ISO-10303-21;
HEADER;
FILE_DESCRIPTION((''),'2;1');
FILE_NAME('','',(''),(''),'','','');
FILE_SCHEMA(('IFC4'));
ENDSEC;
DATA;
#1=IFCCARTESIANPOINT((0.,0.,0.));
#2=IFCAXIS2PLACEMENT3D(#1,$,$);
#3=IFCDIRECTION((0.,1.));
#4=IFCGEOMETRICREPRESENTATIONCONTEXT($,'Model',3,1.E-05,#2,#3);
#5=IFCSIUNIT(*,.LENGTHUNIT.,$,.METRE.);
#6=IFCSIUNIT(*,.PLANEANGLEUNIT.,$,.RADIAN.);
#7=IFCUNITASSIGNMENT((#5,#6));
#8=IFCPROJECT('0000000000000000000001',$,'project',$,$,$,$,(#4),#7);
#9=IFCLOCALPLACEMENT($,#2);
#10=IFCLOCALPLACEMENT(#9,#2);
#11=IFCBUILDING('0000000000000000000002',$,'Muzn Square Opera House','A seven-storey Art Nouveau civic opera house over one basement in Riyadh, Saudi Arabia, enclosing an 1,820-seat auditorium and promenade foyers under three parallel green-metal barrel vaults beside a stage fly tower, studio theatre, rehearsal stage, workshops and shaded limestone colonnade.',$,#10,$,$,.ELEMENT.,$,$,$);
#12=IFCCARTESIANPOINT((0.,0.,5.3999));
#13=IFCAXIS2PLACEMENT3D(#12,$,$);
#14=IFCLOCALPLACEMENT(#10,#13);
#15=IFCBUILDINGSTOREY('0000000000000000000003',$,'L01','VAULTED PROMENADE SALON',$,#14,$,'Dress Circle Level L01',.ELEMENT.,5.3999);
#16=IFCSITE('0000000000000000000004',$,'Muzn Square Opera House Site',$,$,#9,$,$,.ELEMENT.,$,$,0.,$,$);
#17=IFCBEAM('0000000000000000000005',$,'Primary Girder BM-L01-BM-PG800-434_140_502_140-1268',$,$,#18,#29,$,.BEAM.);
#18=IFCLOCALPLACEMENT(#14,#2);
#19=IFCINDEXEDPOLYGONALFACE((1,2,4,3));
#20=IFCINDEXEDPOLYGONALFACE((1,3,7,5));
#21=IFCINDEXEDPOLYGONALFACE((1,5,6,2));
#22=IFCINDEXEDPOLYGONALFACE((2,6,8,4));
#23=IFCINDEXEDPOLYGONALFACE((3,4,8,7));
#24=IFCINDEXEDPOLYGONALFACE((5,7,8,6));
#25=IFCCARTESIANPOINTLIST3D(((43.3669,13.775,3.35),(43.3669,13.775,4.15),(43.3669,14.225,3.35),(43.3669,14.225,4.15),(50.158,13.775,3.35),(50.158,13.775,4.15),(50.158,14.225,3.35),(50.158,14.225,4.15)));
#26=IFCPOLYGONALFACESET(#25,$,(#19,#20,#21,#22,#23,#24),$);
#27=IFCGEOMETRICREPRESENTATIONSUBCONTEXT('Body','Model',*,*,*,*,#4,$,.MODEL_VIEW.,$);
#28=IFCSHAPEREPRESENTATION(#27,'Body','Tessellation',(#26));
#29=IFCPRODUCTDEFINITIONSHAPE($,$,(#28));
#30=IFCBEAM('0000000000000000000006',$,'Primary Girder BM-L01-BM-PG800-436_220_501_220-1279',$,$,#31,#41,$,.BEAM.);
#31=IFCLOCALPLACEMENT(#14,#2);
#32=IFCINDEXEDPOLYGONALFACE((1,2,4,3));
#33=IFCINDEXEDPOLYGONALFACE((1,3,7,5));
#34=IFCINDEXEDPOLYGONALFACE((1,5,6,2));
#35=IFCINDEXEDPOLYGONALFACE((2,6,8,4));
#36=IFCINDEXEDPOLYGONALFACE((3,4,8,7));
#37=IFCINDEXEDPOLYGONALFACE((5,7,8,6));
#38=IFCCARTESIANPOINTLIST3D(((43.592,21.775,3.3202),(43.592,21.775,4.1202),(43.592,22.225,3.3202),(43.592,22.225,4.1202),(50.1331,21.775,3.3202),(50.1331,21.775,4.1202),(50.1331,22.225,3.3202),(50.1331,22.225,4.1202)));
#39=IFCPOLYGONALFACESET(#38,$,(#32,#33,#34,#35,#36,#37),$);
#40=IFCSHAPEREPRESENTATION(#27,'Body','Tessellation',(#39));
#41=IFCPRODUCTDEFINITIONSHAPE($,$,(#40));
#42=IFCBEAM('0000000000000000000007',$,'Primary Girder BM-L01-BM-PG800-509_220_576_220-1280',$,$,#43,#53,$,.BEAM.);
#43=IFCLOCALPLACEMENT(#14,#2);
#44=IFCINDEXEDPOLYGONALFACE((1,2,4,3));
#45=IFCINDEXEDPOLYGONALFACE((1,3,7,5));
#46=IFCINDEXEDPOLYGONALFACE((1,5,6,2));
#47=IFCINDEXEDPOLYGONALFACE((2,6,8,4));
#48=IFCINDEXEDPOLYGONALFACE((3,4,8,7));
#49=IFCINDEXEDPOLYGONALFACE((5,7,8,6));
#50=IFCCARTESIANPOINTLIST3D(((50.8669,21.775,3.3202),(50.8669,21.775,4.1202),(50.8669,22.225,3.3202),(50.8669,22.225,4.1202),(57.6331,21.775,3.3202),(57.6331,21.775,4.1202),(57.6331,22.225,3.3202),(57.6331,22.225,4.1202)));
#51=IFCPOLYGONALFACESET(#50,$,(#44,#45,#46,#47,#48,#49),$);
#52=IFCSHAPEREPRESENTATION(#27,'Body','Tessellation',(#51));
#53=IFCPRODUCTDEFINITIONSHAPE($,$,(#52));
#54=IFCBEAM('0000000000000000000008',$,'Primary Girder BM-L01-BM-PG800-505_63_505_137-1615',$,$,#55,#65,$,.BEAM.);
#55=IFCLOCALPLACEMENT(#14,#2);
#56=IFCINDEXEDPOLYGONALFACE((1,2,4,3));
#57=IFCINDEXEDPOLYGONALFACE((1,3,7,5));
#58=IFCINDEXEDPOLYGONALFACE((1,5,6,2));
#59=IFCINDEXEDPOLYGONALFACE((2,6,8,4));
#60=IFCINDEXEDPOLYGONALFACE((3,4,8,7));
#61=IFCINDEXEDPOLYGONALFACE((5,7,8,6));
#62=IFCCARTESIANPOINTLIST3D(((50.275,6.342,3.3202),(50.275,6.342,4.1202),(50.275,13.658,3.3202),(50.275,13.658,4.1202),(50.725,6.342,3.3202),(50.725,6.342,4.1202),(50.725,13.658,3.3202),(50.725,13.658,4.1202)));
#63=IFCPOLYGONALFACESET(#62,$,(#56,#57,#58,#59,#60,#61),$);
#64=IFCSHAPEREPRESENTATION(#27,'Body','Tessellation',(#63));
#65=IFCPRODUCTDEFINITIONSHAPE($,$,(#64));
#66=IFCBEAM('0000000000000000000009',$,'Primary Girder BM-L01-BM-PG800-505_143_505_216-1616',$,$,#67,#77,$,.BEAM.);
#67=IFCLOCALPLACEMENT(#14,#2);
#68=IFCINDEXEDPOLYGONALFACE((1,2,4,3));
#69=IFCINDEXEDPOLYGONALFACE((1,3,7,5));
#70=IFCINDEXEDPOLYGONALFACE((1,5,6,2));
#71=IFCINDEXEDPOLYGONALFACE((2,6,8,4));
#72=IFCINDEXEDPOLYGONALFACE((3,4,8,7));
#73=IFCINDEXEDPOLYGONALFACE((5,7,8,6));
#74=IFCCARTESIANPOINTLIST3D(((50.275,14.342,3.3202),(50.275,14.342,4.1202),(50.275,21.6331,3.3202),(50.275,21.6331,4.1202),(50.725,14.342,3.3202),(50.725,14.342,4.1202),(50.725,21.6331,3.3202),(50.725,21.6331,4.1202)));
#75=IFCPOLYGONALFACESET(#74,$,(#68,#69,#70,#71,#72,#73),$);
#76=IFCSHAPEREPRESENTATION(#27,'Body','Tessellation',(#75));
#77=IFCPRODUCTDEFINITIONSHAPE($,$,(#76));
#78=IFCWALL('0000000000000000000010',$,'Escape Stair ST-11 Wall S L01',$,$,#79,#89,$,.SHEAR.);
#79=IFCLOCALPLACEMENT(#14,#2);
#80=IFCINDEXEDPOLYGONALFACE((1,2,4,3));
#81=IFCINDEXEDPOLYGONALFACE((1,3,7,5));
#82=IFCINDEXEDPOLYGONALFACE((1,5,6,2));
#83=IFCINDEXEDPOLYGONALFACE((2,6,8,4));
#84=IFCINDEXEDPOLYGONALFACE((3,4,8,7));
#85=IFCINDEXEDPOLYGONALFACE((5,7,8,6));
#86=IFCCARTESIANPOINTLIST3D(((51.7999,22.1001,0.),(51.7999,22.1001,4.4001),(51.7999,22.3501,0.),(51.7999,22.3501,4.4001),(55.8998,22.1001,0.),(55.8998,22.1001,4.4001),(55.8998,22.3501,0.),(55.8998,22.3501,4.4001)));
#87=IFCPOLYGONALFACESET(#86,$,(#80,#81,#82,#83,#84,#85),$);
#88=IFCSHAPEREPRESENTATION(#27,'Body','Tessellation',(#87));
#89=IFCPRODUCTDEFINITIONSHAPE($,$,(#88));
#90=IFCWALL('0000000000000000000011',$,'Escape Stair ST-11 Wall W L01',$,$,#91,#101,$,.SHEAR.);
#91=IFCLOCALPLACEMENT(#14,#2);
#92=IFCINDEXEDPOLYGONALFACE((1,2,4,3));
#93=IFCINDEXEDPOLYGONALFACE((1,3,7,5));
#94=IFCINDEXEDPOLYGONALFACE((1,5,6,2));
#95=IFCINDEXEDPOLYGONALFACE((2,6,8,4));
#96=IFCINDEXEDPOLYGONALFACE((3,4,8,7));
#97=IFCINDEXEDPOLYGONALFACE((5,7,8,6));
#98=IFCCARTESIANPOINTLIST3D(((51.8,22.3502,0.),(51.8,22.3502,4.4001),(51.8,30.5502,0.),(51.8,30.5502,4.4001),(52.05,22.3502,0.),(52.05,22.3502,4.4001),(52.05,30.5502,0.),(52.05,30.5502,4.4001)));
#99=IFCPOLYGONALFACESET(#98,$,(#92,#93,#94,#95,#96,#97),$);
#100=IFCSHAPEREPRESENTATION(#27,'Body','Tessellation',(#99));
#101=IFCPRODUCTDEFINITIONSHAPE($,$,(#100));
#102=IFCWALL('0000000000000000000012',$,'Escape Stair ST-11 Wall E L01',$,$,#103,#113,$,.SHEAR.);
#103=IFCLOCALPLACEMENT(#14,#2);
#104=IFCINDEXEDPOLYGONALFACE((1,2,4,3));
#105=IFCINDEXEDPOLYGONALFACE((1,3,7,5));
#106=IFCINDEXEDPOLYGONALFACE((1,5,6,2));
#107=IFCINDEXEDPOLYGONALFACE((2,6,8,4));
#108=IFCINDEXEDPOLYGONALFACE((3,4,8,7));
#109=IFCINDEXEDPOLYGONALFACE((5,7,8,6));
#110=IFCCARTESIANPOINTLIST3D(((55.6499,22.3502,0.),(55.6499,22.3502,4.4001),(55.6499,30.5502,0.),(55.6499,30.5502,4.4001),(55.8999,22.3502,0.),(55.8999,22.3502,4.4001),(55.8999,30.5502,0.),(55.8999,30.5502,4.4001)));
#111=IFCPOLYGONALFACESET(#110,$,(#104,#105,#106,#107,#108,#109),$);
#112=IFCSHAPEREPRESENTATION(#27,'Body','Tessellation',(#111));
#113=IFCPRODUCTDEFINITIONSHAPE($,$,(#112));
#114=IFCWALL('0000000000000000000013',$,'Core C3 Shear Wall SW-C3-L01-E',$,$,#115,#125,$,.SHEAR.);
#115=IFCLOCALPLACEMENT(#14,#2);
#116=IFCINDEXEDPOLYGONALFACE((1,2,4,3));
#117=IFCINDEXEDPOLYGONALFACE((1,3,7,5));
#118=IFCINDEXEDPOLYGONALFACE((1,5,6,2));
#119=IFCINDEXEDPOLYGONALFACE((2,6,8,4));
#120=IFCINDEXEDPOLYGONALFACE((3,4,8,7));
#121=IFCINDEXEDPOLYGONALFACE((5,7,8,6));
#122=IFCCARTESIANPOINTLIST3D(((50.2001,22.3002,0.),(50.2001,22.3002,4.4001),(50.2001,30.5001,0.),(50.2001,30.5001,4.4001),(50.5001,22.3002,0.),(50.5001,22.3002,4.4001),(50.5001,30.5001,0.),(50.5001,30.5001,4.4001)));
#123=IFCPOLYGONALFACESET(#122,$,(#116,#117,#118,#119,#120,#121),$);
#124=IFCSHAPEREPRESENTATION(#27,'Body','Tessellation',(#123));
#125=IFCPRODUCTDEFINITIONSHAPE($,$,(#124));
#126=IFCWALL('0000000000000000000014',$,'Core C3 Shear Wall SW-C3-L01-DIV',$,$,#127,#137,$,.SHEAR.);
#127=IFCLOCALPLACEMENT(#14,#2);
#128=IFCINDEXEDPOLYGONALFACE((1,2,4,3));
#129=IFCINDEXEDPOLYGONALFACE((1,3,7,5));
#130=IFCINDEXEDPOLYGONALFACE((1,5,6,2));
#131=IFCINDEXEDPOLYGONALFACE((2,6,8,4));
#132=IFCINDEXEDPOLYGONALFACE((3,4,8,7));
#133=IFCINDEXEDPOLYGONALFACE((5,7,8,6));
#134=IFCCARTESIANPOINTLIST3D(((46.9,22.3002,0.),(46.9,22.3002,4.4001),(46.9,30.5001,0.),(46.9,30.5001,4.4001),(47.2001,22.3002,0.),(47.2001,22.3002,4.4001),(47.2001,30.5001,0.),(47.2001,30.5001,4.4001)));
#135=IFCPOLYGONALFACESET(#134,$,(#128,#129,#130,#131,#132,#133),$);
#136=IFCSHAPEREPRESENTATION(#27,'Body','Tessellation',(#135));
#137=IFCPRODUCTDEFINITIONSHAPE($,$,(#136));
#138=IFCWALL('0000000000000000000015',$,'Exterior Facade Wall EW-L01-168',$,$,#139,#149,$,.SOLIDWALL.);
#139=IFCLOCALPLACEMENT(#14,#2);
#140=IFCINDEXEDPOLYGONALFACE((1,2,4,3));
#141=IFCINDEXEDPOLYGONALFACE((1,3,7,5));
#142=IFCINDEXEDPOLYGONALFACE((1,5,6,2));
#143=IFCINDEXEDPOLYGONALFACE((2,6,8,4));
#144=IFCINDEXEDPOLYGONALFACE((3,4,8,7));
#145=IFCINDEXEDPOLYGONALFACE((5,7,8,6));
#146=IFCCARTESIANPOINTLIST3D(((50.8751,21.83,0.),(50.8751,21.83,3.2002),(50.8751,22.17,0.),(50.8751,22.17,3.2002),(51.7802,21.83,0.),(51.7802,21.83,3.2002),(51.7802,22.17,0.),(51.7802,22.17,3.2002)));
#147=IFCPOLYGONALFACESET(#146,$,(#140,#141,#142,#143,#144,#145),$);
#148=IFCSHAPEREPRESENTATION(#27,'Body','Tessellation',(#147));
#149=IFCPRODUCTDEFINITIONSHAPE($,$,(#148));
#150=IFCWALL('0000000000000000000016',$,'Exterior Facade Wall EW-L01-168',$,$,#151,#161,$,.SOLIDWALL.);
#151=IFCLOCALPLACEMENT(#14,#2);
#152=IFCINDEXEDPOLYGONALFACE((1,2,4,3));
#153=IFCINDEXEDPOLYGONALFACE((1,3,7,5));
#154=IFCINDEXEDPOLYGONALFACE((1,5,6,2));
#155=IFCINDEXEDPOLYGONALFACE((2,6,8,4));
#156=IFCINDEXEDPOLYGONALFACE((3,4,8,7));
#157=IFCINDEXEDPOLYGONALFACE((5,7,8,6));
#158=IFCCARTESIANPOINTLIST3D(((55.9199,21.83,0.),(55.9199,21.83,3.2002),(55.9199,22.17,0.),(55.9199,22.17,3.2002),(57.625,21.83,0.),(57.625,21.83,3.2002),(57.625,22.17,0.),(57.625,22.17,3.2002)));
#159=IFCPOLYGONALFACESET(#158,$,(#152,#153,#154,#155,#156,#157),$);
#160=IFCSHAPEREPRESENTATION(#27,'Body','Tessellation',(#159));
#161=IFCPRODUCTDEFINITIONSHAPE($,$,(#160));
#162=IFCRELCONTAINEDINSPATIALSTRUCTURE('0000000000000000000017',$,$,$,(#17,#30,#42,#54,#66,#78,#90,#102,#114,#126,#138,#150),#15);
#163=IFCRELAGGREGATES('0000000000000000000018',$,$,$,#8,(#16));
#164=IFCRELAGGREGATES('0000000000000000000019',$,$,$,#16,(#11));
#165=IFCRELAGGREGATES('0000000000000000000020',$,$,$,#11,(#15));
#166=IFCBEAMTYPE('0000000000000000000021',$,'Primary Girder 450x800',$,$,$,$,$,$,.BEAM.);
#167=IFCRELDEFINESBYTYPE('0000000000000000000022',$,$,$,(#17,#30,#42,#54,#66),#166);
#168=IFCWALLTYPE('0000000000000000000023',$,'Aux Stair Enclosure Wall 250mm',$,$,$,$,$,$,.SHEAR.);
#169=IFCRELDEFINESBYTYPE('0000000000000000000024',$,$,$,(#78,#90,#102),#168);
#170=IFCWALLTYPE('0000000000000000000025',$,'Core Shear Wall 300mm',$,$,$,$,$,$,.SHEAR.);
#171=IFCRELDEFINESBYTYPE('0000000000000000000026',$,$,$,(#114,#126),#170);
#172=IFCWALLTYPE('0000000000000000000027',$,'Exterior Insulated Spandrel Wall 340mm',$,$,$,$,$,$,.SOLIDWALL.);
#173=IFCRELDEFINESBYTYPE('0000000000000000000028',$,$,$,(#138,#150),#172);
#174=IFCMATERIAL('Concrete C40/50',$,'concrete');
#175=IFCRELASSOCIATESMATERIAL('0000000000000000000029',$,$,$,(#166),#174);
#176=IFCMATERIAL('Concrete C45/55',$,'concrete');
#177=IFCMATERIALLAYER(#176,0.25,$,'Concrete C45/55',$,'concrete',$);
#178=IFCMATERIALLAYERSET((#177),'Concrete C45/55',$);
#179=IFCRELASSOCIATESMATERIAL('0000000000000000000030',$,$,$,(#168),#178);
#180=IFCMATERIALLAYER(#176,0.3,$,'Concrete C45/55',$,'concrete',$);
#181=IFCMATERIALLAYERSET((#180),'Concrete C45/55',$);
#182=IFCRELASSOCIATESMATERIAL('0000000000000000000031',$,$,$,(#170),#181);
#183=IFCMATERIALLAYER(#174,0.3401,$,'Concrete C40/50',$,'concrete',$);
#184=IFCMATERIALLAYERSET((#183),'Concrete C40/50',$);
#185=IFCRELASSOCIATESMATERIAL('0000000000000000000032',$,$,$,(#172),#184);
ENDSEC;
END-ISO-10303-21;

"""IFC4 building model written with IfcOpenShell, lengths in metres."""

from ifc_helpers import new_model, si_unit, direction, frame, frame_2d, origin, origin_2d, place, context, subcontext, project, spatial, rectangle, extrude, material, layer, layer_set, material_profile, profile_set, type_object, element, save


model = new_model("IFC4")

# Units and contexts
model_context = context("Model", 3, precision=1e-05, world=origin(), true_north=direction((0.0, 1.0)))
body_context = subcontext(model_context, "Body", "Model", "MODEL_VIEW")
ifc_project = project(units=[si_unit("LENGTHUNIT", "METRE"), si_unit("PLANEANGLEUNIT", "RADIAN")], contexts=[model_context])

# Site, building, storey
site_placement = place(None, origin())
site = spatial("IfcSite", under=ifc_project, at=site_placement, Name="Muzn Square Opera House Site", CompositionType="ELEMENT", RefElevation=0.0)
building_placement = place(site_placement, origin())
building = spatial("IfcBuilding", under=site, at=building_placement, Name="Muzn Square Opera House", Description="A seven-storey Art Nouveau civic opera house over one basement in Riyadh, Saudi Arabia, enclosing an 1,820-seat auditorium and promenade foyers under three parallel green-metal barrel vaults beside a stage fly tower, studio theatre, rehearsal stage, workshops and shaded limestone colonnade.", CompositionType="ELEMENT")
storey_placement = place(building_placement, frame((0.0, 0.0, 5.3999)))
storey = spatial("IfcBuildingStorey", under=building, at=storey_placement, Name="L01", Description="VAULTED PROMENADE SALON", LongName="Dress Circle Level L01", CompositionType="ELEMENT", Elevation=5.3999)

# Shared definitions
ifc_material_1 = material(Name="Concrete C45/55", Category="concrete")

# Beams
ifc_material_2 = material(Name="Concrete C40/50", Category="concrete")
ifc_material_profile_1 = material_profile(ifc_material_2, rectangle(XDim=0.45, YDim=0.8, at=origin_2d()), Name="RCB 450x800", Category="concrete")
ifc_profile_set_1 = profile_set([ifc_material_profile_1], Name="Concrete C40/50")
beam_type_1 = type_object("IfcBeamType", Name="Primary Girder 450x800", PredefinedType="BEAM", material=ifc_profile_set_1)
for number, where, z_axis, x_axis, name in (
    (1, (43.3669, 14.0, 3.75), (1.0, 0.0, 0.0), (0.0, 1.0, 0.0), "Primary Girder BM-L01-BM-PG800-434_140_502_140-1268"),
):
    element("IfcBeam", number, at=place(storey_placement, frame(where, z_axis=z_axis, x_axis=x_axis)), inside=storey, type_object=beam_type_1, Name=name, PredefinedType="BEAM", context=body_context, shape_type="SweptSolid", body=[
        extrude(rectangle(XDim=0.45, YDim=0.8, at=origin_2d()), origin(), (0.0, 0.0, 1.0), 6.791),
    ])
beam_1_placement = place(storey_placement, frame((43.592, 22.0, 3.7202), z_axis=(1.0, 0.0, 0.0), x_axis=(0.0, 1.0, 0.0)))
element("IfcBeam", 2, at=beam_1_placement, inside=storey, type_object=beam_type_1, Name="Primary Girder BM-L01-BM-PG800-436_220_501_220-1279", PredefinedType="BEAM", context=body_context, shape_type="SweptSolid", body=[
    extrude(rectangle(XDim=0.45, YDim=0.8, at=origin_2d()), origin(), (0.0, 0.0, 1.0), 6.541),
])
beam_2_placement = place(storey_placement, frame((50.8669, 22.0, 3.7202), z_axis=(1.0, 0.0, 0.0), x_axis=(0.0, 1.0, 0.0)))
element("IfcBeam", 3, at=beam_2_placement, inside=storey, type_object=beam_type_1, Name="Primary Girder BM-L01-BM-PG800-509_220_576_220-1280", PredefinedType="BEAM", context=body_context, shape_type="SweptSolid", body=[
    extrude(rectangle(XDim=0.45, YDim=0.8, at=origin_2d()), origin(), (0.0, 0.0, 1.0), 6.7661),
])
beam_3_placement = place(storey_placement, frame((50.5, 6.342, 3.7202), z_axis=(0.0, 1.0, 0.0), x_axis=(-1.0, 0.0, 0.0)))
element("IfcBeam", 4, at=beam_3_placement, inside=storey, type_object=beam_type_1, Name="Primary Girder BM-L01-BM-PG800-505_63_505_137-1615", PredefinedType="BEAM", context=body_context, shape_type="SweptSolid", body=[
    extrude(rectangle(XDim=0.45, YDim=0.8, at=origin_2d()), origin(), (0.0, 0.0, 1.0), 7.3159),
])
beam_4_placement = place(storey_placement, frame((50.5, 14.342, 3.7202), z_axis=(0.0, 1.0, 0.0), x_axis=(-1.0, 0.0, 0.0)))
element("IfcBeam", 5, at=beam_4_placement, inside=storey, type_object=beam_type_1, Name="Primary Girder BM-L01-BM-PG800-505_143_505_216-1616", PredefinedType="BEAM", context=body_context, shape_type="SweptSolid", body=[
    extrude(rectangle(XDim=0.45, YDim=0.8, at=origin_2d()), origin(), (0.0, 0.0, 1.0), 7.291),
])

# Walls
ifc_layer_1 = layer(ifc_material_1, 0.25, Name="Concrete C45/55", Category="concrete")
ifc_layer_set_1 = layer_set([ifc_layer_1], Name="Concrete C45/55")
wall_type_1 = type_object("IfcWallType", Name="Aux Stair Enclosure Wall 250mm", PredefinedType="SHEAR", material=ifc_layer_set_1)
wall_1_placement = place(storey_placement, frame((51.8, 22.2251, 0.0), z_axis=(0.0, 0.0, 1.0), x_axis=(1.0, 0.0, 0.0)))
element("IfcWall", 6, at=wall_1_placement, inside=storey, type_object=wall_type_1, Name="Escape Stair ST-11 Wall S L01", PredefinedType="SHEAR", context=body_context, shape_type="SweptSolid", body=[
    extrude(rectangle(XDim=4.0999, YDim=0.25, at=frame_2d((2.0498, 0.0))), origin(), (0.0, 0.0, 1.0), 4.4001),
])
for number, where, z_axis, x_axis, name in (
    (7, (51.925, 22.3501, 0.0), (0.0, 0.0, 1.0), (0.0, 1.0, 0.0), "Escape Stair ST-11 Wall W L01"),
    (8, (55.7749, 22.3501, 0.0), (0.0, 0.0, 1.0), (0.0, 1.0, 0.0), "Escape Stair ST-11 Wall E L01"),
):
    element("IfcWall", number, at=place(storey_placement, frame(where, z_axis=z_axis, x_axis=x_axis)), inside=storey, type_object=wall_type_1, Name=name, PredefinedType="SHEAR", context=body_context, shape_type="SweptSolid", body=[
        extrude(rectangle(XDim=8.2, YDim=0.25, at=frame_2d((4.1001, 0.0))), origin(), (0.0, 0.0, 1.0), 4.4001),
    ])
ifc_layer_2 = layer(ifc_material_1, 0.3, Name="Concrete C45/55", Category="concrete")
ifc_layer_set_2 = layer_set([ifc_layer_2], Name="Concrete C45/55")
wall_type_2 = type_object("IfcWallType", Name="Core Shear Wall 300mm", PredefinedType="SHEAR", material=ifc_layer_set_2)
for number, where, z_axis, x_axis, name in (
    (9, (50.3501, 22.3, 0.0), (0.0, 0.0, 1.0), (0.0, 1.0, 0.0), "Core C3 Shear Wall SW-C3-L01-E"),
    (10, (47.05, 22.3, 0.0), (0.0, 0.0, 1.0), (0.0, 1.0, 0.0), "Core C3 Shear Wall SW-C3-L01-DIV"),
):
    element("IfcWall", number, at=place(storey_placement, frame(where, z_axis=z_axis, x_axis=x_axis)), inside=storey, type_object=wall_type_2, Name=name, PredefinedType="SHEAR", context=body_context, shape_type="SweptSolid", body=[
        extrude(rectangle(XDim=8.2, YDim=0.3, at=frame_2d((4.1001, 0.0))), origin(), (0.0, 0.0, 1.0), 4.4001),
    ])
ifc_layer_3 = layer(ifc_material_2, 0.3401, Name="Concrete C40/50", Category="concrete")
ifc_layer_set_3 = layer_set([ifc_layer_3], Name="Concrete C40/50")
wall_type_3 = type_object("IfcWallType", Name="Exterior Insulated Spandrel Wall 340mm", PredefinedType="SOLIDWALL", material=ifc_layer_set_3)
wall_2_placement = place(storey_placement, frame((50.875, 22.0, 0.0), z_axis=(0.0, 0.0, 1.0), x_axis=(1.0, 0.0, 0.0)))
element("IfcWall", 11, at=wall_2_placement, inside=storey, type_object=wall_type_3, Name="Exterior Facade Wall EW-L01-168", PredefinedType="SOLIDWALL", context=body_context, shape_type="SweptSolid", body=[
    extrude(rectangle(XDim=0.905, YDim=0.3401, at=frame_2d((0.4526, 0.0))), origin(), (0.0, 0.0, 1.0), 3.2002),
])
wall_3_placement = place(storey_placement, frame((55.9199, 22.0, 0.0), z_axis=(0.0, 0.0, 1.0), x_axis=(1.0, 0.0, 0.0)))
element("IfcWall", 12, at=wall_3_placement, inside=storey, type_object=wall_type_3, Name="Exterior Facade Wall EW-L01-168", PredefinedType="SOLIDWALL", context=body_context, shape_type="SweptSolid", body=[
    extrude(rectangle(XDim=1.7051, YDim=0.3401, at=frame_2d((0.8525, 0.0))), origin(), (0.0, 0.0, 1.0), 3.2002),
])

save(model, "model.ifc")
